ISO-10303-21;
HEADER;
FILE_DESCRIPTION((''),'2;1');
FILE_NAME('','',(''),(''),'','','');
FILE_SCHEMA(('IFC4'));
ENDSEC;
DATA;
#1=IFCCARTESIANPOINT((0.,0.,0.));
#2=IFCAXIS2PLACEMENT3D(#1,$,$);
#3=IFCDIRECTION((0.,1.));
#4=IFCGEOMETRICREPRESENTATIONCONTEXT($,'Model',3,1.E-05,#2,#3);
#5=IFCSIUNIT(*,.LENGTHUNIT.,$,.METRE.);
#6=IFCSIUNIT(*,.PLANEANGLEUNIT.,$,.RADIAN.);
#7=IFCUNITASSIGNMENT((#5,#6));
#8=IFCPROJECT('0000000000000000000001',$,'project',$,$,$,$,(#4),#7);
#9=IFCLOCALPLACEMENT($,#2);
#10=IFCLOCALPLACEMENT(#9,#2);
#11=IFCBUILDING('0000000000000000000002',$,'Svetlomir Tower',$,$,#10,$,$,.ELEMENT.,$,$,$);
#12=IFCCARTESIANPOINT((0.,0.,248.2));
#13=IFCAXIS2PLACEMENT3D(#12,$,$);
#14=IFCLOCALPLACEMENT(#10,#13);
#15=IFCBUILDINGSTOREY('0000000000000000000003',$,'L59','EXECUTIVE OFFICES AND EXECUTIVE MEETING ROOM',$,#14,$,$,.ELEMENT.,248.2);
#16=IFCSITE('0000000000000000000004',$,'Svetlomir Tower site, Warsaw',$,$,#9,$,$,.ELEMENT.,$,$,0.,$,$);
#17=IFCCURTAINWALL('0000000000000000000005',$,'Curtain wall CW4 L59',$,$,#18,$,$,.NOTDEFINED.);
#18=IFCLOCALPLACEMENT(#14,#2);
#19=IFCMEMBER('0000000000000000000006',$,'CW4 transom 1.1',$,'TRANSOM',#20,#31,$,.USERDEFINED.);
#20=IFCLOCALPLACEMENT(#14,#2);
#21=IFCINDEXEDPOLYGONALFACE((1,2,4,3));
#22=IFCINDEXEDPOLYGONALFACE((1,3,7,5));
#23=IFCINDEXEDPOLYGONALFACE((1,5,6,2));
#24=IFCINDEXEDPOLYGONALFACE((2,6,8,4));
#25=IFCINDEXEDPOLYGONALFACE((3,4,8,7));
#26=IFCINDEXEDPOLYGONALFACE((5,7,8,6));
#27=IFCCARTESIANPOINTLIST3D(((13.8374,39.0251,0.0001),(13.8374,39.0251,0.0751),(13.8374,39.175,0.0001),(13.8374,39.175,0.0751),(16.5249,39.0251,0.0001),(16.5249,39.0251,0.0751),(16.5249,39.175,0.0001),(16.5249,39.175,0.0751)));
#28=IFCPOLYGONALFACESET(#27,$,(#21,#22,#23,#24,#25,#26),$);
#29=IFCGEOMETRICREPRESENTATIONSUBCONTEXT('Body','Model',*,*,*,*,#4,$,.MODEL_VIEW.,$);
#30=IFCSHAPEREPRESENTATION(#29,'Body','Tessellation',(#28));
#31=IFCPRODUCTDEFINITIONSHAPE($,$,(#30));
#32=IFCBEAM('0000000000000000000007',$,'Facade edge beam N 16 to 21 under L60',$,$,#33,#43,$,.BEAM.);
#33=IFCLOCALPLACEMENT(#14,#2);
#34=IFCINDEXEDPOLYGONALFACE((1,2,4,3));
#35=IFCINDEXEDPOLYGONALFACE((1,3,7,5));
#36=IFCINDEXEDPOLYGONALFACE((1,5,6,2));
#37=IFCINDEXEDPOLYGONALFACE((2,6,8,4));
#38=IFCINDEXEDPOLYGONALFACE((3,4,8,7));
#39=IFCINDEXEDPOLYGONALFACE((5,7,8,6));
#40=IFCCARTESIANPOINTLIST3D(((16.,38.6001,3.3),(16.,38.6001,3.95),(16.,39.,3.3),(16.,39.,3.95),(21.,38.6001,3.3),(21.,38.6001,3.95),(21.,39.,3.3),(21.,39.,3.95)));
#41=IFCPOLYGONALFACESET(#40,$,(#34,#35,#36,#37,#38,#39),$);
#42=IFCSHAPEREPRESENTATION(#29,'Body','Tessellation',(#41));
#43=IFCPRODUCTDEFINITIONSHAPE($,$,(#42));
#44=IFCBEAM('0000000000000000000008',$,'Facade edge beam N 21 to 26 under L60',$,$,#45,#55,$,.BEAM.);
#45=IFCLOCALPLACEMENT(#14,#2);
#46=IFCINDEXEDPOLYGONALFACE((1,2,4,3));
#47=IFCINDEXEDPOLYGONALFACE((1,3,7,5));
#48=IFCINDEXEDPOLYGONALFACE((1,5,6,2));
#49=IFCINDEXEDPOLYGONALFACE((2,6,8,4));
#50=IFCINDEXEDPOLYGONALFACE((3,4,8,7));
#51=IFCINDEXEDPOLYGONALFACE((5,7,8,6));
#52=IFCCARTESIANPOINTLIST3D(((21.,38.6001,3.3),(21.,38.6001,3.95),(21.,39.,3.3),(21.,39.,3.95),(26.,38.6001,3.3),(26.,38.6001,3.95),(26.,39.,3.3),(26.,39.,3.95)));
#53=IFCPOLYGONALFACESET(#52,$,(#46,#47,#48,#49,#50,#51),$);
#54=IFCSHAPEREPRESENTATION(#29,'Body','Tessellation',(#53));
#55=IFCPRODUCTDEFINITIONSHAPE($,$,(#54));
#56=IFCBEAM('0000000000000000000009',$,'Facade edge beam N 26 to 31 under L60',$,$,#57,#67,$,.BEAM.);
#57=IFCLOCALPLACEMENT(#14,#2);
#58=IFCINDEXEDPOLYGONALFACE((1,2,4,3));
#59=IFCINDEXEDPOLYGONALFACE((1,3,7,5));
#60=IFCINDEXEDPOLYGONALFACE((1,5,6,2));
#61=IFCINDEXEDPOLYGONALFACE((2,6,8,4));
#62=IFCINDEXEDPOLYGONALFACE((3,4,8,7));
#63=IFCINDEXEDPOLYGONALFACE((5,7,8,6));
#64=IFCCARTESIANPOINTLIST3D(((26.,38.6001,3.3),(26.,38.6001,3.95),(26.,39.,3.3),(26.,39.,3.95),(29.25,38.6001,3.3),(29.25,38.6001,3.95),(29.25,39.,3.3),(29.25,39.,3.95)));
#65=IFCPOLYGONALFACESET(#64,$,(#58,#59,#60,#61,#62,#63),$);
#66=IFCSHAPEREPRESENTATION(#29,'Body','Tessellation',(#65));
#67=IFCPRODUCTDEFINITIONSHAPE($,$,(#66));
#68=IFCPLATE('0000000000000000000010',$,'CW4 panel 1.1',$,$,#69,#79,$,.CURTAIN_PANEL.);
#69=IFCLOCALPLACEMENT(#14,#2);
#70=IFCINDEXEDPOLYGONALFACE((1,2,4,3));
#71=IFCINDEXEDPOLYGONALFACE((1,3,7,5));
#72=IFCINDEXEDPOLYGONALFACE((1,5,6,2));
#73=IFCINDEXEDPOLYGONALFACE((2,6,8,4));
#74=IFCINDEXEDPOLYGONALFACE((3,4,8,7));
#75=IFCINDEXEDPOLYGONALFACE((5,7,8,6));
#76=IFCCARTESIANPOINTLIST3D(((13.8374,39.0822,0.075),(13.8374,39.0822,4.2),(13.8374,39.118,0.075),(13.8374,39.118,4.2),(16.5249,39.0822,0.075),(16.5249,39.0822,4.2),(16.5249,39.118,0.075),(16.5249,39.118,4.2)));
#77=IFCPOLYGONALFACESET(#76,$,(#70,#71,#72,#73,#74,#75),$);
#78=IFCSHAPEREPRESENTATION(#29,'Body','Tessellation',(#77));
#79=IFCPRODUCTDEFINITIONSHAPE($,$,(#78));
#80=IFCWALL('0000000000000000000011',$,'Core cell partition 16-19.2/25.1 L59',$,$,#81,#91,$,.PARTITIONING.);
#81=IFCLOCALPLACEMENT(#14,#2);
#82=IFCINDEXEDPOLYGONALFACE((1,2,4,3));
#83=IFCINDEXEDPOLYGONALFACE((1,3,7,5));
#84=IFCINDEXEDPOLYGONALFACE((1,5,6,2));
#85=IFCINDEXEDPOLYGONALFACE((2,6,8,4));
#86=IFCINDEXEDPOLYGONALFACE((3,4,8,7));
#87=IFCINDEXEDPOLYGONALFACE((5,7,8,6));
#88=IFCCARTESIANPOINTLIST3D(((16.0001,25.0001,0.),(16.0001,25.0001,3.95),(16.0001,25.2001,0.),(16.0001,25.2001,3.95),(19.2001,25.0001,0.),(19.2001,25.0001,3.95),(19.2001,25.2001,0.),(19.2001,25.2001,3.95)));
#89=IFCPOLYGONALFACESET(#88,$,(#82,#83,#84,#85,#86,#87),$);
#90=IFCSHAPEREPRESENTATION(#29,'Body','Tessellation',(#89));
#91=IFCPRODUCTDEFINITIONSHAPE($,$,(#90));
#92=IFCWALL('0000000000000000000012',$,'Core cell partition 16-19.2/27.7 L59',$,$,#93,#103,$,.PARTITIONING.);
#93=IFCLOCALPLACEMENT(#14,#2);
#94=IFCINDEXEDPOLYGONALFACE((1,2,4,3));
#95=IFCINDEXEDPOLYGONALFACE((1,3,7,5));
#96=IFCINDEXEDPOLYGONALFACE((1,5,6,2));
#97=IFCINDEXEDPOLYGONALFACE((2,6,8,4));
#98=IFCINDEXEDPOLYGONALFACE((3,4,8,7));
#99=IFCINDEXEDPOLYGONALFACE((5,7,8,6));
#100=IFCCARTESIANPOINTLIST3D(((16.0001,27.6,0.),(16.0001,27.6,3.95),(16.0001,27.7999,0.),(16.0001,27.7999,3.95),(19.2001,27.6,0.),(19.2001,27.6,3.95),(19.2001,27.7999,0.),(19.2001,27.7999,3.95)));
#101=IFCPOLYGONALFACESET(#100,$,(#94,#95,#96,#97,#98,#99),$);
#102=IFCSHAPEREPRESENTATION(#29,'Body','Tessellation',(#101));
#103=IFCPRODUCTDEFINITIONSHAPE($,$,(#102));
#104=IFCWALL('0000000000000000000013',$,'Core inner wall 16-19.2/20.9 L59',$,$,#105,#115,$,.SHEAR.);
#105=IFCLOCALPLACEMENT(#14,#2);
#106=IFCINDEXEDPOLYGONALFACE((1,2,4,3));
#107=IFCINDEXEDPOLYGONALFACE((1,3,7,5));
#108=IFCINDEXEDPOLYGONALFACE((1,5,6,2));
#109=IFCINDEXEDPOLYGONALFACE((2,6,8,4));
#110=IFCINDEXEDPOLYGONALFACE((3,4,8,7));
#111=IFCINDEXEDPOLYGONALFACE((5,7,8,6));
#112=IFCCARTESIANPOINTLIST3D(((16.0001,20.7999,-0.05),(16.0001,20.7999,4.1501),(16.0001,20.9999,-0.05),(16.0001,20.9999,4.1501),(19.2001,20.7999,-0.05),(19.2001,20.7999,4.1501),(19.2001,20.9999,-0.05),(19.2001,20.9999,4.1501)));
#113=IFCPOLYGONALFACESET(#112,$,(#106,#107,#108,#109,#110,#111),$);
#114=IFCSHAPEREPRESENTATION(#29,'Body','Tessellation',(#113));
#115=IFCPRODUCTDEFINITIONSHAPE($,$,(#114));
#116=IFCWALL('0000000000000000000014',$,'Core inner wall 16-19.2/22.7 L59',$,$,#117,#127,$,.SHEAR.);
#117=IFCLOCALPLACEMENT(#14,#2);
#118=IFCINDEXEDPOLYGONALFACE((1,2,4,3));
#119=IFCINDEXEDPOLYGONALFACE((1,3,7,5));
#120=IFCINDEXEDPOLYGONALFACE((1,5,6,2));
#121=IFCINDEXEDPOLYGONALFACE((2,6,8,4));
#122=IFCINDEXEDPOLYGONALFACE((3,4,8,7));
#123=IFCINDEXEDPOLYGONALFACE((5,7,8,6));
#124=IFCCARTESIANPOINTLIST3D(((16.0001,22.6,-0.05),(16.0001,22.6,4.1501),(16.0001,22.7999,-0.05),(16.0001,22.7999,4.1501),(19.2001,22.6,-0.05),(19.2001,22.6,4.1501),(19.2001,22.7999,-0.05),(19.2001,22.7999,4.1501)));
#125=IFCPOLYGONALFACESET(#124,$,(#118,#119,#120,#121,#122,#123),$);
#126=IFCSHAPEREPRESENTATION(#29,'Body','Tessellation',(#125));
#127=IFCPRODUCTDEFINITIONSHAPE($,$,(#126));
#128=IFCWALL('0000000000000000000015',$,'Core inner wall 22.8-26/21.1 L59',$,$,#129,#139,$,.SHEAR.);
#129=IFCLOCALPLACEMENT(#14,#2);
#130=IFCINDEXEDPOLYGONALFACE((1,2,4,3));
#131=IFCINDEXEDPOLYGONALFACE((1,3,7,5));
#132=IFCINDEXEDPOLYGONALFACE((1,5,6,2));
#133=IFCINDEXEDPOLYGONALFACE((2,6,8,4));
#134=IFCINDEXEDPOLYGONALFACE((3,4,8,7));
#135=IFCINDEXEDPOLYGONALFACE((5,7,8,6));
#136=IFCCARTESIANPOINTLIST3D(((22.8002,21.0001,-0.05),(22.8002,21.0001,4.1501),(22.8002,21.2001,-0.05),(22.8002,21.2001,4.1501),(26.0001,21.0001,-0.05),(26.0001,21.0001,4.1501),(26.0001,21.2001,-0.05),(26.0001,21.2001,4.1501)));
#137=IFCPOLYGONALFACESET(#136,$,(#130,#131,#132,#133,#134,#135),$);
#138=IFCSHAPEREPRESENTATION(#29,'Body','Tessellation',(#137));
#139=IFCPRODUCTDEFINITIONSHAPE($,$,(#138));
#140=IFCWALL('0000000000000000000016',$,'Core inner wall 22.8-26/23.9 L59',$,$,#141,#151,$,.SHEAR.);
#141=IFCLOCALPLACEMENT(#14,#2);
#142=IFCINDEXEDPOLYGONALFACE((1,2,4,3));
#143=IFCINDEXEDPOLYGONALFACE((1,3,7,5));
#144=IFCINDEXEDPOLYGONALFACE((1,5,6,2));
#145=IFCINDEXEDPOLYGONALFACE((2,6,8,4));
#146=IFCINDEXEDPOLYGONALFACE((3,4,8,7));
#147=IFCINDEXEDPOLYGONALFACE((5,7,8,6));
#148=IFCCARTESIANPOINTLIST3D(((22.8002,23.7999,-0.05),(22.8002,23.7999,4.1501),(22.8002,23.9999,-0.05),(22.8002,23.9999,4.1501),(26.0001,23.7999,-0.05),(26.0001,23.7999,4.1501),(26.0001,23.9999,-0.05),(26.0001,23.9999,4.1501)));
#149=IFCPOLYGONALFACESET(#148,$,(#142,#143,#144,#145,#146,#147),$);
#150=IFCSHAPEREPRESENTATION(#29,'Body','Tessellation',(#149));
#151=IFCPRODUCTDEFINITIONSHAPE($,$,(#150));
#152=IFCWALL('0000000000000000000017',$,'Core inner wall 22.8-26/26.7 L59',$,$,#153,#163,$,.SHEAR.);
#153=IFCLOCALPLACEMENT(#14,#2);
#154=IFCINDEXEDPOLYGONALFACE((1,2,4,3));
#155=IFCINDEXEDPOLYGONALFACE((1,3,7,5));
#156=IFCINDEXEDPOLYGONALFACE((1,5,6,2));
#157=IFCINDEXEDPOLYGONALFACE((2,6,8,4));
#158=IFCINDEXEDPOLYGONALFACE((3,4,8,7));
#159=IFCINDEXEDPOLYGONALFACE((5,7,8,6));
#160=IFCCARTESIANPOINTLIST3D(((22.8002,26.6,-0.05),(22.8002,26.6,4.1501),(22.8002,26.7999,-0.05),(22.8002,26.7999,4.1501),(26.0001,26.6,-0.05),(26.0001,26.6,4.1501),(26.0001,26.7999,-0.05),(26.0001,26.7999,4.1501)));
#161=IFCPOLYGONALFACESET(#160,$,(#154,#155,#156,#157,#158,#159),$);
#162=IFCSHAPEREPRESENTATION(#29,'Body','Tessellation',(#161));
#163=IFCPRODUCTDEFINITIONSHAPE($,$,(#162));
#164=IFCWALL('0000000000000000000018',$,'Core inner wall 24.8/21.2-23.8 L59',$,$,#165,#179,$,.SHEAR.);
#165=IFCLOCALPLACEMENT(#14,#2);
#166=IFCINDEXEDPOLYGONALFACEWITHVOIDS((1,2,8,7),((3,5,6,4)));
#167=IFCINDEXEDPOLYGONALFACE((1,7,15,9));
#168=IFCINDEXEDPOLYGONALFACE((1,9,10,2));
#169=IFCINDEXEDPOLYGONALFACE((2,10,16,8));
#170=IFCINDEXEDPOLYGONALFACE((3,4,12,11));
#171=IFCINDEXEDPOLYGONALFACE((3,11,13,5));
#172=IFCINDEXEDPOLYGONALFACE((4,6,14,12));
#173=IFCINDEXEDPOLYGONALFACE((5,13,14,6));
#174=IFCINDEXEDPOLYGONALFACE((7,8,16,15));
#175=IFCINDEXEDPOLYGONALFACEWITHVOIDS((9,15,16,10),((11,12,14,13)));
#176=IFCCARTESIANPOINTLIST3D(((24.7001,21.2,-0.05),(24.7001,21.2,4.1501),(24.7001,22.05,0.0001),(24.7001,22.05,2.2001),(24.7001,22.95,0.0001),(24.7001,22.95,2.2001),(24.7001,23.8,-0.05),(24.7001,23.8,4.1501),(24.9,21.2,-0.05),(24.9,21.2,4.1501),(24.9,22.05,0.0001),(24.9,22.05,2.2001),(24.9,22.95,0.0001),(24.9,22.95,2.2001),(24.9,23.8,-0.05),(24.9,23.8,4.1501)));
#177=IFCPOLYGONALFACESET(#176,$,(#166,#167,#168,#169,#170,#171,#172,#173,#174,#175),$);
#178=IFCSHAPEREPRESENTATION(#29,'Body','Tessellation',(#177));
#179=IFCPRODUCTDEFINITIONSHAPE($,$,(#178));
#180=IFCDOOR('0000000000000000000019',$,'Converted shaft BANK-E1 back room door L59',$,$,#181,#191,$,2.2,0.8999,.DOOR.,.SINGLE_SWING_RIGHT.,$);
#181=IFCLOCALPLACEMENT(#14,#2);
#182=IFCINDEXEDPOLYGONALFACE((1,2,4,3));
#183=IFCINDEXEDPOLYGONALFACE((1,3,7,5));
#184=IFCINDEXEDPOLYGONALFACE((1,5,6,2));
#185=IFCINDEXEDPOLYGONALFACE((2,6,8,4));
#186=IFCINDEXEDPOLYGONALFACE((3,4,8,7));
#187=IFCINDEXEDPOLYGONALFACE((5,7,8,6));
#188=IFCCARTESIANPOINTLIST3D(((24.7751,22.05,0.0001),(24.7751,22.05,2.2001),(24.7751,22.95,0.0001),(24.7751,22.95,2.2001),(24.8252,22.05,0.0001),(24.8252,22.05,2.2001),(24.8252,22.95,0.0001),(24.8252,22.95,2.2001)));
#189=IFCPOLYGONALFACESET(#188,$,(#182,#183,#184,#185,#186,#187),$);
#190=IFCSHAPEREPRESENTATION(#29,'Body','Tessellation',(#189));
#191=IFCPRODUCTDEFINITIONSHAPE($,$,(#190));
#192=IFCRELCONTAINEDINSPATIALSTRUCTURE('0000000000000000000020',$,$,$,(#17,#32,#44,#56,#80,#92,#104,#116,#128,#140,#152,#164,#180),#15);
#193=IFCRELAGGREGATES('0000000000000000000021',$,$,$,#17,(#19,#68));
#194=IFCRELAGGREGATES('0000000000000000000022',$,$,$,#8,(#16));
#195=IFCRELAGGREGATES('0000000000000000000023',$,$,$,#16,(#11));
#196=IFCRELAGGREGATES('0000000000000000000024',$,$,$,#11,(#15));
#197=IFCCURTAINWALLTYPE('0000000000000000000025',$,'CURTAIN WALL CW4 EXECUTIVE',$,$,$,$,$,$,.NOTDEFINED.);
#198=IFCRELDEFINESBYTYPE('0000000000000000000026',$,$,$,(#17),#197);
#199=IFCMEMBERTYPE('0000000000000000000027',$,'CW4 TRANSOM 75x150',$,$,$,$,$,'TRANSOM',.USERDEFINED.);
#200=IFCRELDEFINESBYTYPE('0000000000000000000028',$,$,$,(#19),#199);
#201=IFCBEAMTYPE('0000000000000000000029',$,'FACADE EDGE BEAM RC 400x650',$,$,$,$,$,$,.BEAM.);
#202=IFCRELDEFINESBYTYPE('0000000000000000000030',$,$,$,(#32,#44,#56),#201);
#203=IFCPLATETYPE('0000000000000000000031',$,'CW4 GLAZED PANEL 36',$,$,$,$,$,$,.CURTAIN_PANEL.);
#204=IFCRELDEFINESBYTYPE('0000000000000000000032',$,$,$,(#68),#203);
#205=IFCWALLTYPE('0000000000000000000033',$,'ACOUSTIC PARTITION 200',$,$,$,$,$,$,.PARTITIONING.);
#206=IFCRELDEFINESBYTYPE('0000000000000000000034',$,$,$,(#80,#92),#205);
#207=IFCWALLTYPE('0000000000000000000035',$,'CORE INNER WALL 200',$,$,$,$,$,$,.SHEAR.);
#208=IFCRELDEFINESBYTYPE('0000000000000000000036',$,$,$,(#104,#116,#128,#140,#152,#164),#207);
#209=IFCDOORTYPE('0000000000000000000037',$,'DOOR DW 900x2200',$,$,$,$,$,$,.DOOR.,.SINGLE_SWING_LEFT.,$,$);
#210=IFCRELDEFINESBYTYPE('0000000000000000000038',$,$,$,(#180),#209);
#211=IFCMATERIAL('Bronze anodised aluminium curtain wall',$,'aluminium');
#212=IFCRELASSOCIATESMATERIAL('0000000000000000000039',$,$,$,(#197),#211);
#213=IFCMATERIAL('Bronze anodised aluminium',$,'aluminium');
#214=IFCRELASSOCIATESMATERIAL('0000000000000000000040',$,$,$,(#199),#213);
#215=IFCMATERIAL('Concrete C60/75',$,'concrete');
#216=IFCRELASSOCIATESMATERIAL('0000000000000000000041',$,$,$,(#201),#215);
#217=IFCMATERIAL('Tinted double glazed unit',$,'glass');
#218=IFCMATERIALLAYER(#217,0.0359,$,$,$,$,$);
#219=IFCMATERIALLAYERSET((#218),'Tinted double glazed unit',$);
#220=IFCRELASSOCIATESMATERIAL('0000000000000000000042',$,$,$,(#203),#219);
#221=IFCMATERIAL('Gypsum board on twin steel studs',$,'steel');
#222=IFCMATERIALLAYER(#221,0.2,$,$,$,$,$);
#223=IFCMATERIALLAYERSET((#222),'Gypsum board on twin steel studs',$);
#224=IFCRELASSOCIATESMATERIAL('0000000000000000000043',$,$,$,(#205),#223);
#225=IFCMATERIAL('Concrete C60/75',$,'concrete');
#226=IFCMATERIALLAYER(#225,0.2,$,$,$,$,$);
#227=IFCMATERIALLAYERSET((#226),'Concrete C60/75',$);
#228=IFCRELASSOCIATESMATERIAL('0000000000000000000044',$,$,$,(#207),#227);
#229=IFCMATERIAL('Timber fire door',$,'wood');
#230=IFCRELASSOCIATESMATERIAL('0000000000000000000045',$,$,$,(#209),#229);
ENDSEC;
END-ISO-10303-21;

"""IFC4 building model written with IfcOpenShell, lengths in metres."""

from ifc_helpers import new_model, si_unit, direction, frame, frame_2d, origin, origin_2d, place, context, subcontext, project, spatial, rectangle, extrude, material, layer, layer_set, material_profile, profile_set, type_object, element, fill, aggregate, save


model = new_model("IFC4")

# Units and contexts
model_context = context("Model", 3, precision=1e-05, world=origin(), true_north=direction((0.0, 1.0)))
body_context = subcontext(model_context, "Body", "Model", "MODEL_VIEW")
ifc_project = project(units=[si_unit("LENGTHUNIT", "METRE"), si_unit("PLANEANGLEUNIT", "RADIAN")], contexts=[model_context])

# Site, building, storey
site_placement = place(None, origin())
site = spatial("IfcSite", under=ifc_project, at=site_placement, Name="Svetlomir Tower site, Warsaw", CompositionType="ELEMENT", RefElevation=0.0)
building_placement = place(site_placement, origin())
building = spatial("IfcBuilding", under=site, at=building_placement, Name="Svetlomir Tower", CompositionType="ELEMENT")
storey_placement = place(building_placement, frame((0.0, 0.0, 248.2)))
storey = spatial("IfcBuildingStorey", under=building, at=storey_placement, Name="L59", Description="EXECUTIVE OFFICES AND EXECUTIVE MEETING ROOM", CompositionType="ELEMENT", Elevation=248.2)

# Curtain wall, member
ifc_material_1 = material(Name="Bronze anodised aluminium curtain wall", Category="aluminium")
curtain_wall_type = type_object("IfcCurtainWallType", Name="CURTAIN WALL CW4 EXECUTIVE", PredefinedType="NOTDEFINED", material=ifc_material_1)
curtain_wall_placement = place(storey_placement, origin())
curtain_wall = element("IfcCurtainWall", 1, at=curtain_wall_placement, inside=storey, type_object=curtain_wall_type, Name="Curtain wall CW4 L59", PredefinedType="NOTDEFINED")
ifc_material_2 = material(Name="Bronze anodised aluminium", Category="aluminium")
ifc_material_profile_1 = material_profile(ifc_material_2, rectangle(XDim=0.1499, YDim=0.075, at=origin_2d()), Name="AL 150x75")
ifc_profile_set_1 = profile_set([ifc_material_profile_1], Name="Bronze anodised aluminium 6063-T6")
member_type = type_object("IfcMemberType", Name="CW4 TRANSOM 75x150", ElementType="TRANSOM", PredefinedType="USERDEFINED", material=ifc_profile_set_1)
member_placement = place(storey_placement, frame((16.5249, 39.1001, 0.0376), z_axis=(-1.0, 0.0, 0.0), x_axis=(0.0, -1.0, 0.0)))
member = element("IfcMember", 2, at=member_placement, type_object=member_type, Name="CW4 transom 1.1", ObjectType="TRANSOM", PredefinedType="USERDEFINED", context=body_context, shape_type="SweptSolid", body=[
    extrude(rectangle(XDim=0.1499, YDim=0.075, at=origin_2d()), origin(), (0.0, 0.0, 1.0), 2.6875),
])

# Beams
ifc_material_3 = material(Name="Concrete C60/75", Category="concrete")
ifc_material_profile_2 = material_profile(ifc_material_3, rectangle(XDim=0.3999, YDim=0.6499, at=origin_2d()), Name="RC 400x650")
ifc_profile_set_2 = profile_set([ifc_material_profile_2], Name="Concrete C60/75")
beam_type = type_object("IfcBeamType", Name="FACADE EDGE BEAM RC 400x650", PredefinedType="BEAM", material=ifc_profile_set_2)
for number, where, z_axis, x_axis, name in (
    (3, (16.0, 38.8, 3.625), (1.0, 0.0, 0.0), (0.0, 1.0, 0.0), "Facade edge beam N 16 to 21 under L60"),
    (4, (21.0, 38.8, 3.625), (1.0, 0.0, 0.0), (0.0, 1.0, 0.0), "Facade edge beam N 21 to 26 under L60"),
):
    element("IfcBeam", number, at=place(storey_placement, frame(where, z_axis=z_axis, x_axis=x_axis)), inside=storey, type_object=beam_type, Name=name, PredefinedType="BEAM", context=body_context, shape_type="SweptSolid", body=[
        extrude(rectangle(XDim=0.3999, YDim=0.6499, at=origin_2d()), origin(), (0.0, 0.0, 1.0), 5.0),
    ])
beam_placement = place(storey_placement, frame((26.0, 38.8, 3.625), z_axis=(1.0, 0.0, 0.0), x_axis=(0.0, 1.0, 0.0)))
element("IfcBeam", 5, at=beam_placement, inside=storey, type_object=beam_type, Name="Facade edge beam N 26 to 31 under L60", PredefinedType="BEAM", context=body_context, shape_type="SweptSolid", body=[
    extrude(rectangle(XDim=0.3999, YDim=0.6499, at=origin_2d()), origin(), (0.0, 0.0, 1.0), 3.25),
])

# Plate
ifc_material_4 = material(Name="Tinted double glazed unit", Category="glass")
ifc_layer_1 = layer(ifc_material_4, 0.0359)
ifc_layer_set_1 = layer_set([ifc_layer_1], Name="Tinted double glazed unit")
plate_type = type_object("IfcPlateType", Name="CW4 GLAZED PANEL 36", PredefinedType="CURTAIN_PANEL", material=ifc_layer_set_1)
plate_placement = place(storey_placement, frame((15.1812, 39.1001, 0.075), z_axis=(0.0, 0.0, 1.0), x_axis=(-1.0, 0.0, 0.0)))
plate = element("IfcPlate", 6, at=plate_placement, type_object=plate_type, Name="CW4 panel 1.1", PredefinedType="CURTAIN_PANEL", context=body_context, shape_type="SweptSolid", body=[
    extrude(rectangle(XDim=2.6875, YDim=0.0359, at=origin_2d()), origin(), (0.0, 0.0, 1.0), 4.125),
])
aggregate(curtain_wall, [member, plate])

# Walls
ifc_material_5 = material(Name="Gypsum board on twin steel studs", Category="steel")
ifc_layer_2 = layer(ifc_material_5, 0.2)
ifc_layer_set_2 = layer_set([ifc_layer_2], Name="Gypsum board on twin steel studs")
wall_type_1 = type_object("IfcWallType", Name="ACOUSTIC PARTITION 200", PredefinedType="PARTITIONING", material=ifc_layer_set_2)
for number, where, z_axis, x_axis, name in (
    (7, (16.0, 25.1001, 0.0), (0.0, 0.0, 1.0), (1.0, 0.0, 0.0), "Core cell partition 16-19.2/25.1 L59"),
    (8, (16.0, 27.7, 0.0), (0.0, 0.0, 1.0), (1.0, 0.0, 0.0), "Core cell partition 16-19.2/27.7 L59"),
):
    element("IfcWall", number, at=place(storey_placement, frame(where, z_axis=z_axis, x_axis=x_axis)), inside=storey, type_object=wall_type_1, Name=name, PredefinedType="PARTITIONING", context=body_context, shape_type="SweptSolid", body=[
        extrude(rectangle(XDim=3.2, YDim=0.2, at=frame_2d((1.6001, 0.0))), origin(), (0.0, 0.0, 1.0), 3.95),
    ])
ifc_material_6 = material(Name="Concrete C60/75", Category="concrete")
ifc_layer_3 = layer(ifc_material_6, 0.2)
ifc_layer_set_3 = layer_set([ifc_layer_3], Name="Concrete C60/75")
wall_type_2 = type_object("IfcWallType", Name="CORE INNER WALL 200", PredefinedType="SHEAR", material=ifc_layer_set_3)
for number, where, z_axis, x_axis, name in (
    (9, (16.0, 20.8999, -0.05), (0.0, 0.0, 1.0), (1.0, 0.0, 0.0), "Core inner wall 16-19.2/20.9 L59"),
    (10, (16.0, 22.7, -0.05), (0.0, 0.0, 1.0), (1.0, 0.0, 0.0), "Core inner wall 16-19.2/22.7 L59"),
    (11, (22.8, 21.1001, -0.05), (0.0, 0.0, 1.0), (1.0, 0.0, 0.0), "Core inner wall 22.8-26/21.1 L59"),
    (12, (22.8, 23.8999, -0.05), (0.0, 0.0, 1.0), (1.0, 0.0, 0.0), "Core inner wall 22.8-26/23.9 L59"),
    (13, (22.8, 26.7, -0.05), (0.0, 0.0, 1.0), (1.0, 0.0, 0.0), "Core inner wall 22.8-26/26.7 L59"),
):
    element("IfcWall", number, at=place(storey_placement, frame(where, z_axis=z_axis, x_axis=x_axis)), inside=storey, type_object=wall_type_2, Name=name, PredefinedType="SHEAR", context=body_context, shape_type="SweptSolid", body=[
        extrude(rectangle(XDim=3.2, YDim=0.2, at=frame_2d((1.6001, 0.0))), origin(), (0.0, 0.0, 1.0), 4.2002),
    ])

# Wall, opening, door
wall_1_placement = place(storey_placement, frame((24.8, 21.2, -0.05), z_axis=(0.0, 0.0, 1.0), x_axis=(0.0, 1.0, 0.0)))
wall_1 = element("IfcWall", 14, at=wall_1_placement, inside=storey, type_object=wall_type_2, Name="Core inner wall 24.8/21.2-23.8 L59", PredefinedType="SHEAR", context=body_context, shape_type="SweptSolid", body=[
    extrude(rectangle(XDim=2.6001, YDim=0.2, at=frame_2d((1.3, 0.0))), origin(), (0.0, 0.0, 1.0), 4.2002),
])
opening_1_placement = place(wall_1_placement, frame((0.8501, 0.0, 0.05)))
opening_1 = element("IfcOpeningElement", 15, at=opening_1_placement, cuts=wall_1, PredefinedType="OPENING", context=body_context, shape_type="SweptSolid", body=[
    extrude(rectangle(XDim=0.8999, YDim=2.2, at=frame_2d((0.45, 1.1001))), frame((0.0, 0.1099, 0.0), z_axis=(0.0, -1.0, 0.0), x_axis=(1.0, 0.0, 0.0)), (0.0, 0.0, 1.0), 0.22),
])
ifc_material_7 = material(Name="Timber fire door", Category="wood")
door_type_1 = type_object("IfcDoorType", Name="DOOR DW 900x2200", OperationType="SINGLE_SWING_LEFT", PredefinedType="DOOR", material=ifc_material_7)
door_1_placement = place(opening_1_placement, origin())
door_1 = element("IfcDoor", 16, at=door_1_placement, inside=storey, type_object=door_type_1, Name="Converted shaft BANK-E1 back room door L59", OperationType="SINGLE_SWING_RIGHT", OverallHeight=2.2, OverallWidth=0.8999, PredefinedType="DOOR", context=body_context, shape_type="SweptSolid", body=[
    extrude(rectangle(XDim=0.8999, YDim=2.2, at=frame_2d((0.45, 1.1001))), frame((0.0, 0.0249, 0.0), z_axis=(0.0, -1.0, 0.0), x_axis=(1.0, 0.0, 0.0)), (0.0, 0.0, 1.0), 0.05),
])
fill(opening_1, door_1)

save(model, "model.ifc")
